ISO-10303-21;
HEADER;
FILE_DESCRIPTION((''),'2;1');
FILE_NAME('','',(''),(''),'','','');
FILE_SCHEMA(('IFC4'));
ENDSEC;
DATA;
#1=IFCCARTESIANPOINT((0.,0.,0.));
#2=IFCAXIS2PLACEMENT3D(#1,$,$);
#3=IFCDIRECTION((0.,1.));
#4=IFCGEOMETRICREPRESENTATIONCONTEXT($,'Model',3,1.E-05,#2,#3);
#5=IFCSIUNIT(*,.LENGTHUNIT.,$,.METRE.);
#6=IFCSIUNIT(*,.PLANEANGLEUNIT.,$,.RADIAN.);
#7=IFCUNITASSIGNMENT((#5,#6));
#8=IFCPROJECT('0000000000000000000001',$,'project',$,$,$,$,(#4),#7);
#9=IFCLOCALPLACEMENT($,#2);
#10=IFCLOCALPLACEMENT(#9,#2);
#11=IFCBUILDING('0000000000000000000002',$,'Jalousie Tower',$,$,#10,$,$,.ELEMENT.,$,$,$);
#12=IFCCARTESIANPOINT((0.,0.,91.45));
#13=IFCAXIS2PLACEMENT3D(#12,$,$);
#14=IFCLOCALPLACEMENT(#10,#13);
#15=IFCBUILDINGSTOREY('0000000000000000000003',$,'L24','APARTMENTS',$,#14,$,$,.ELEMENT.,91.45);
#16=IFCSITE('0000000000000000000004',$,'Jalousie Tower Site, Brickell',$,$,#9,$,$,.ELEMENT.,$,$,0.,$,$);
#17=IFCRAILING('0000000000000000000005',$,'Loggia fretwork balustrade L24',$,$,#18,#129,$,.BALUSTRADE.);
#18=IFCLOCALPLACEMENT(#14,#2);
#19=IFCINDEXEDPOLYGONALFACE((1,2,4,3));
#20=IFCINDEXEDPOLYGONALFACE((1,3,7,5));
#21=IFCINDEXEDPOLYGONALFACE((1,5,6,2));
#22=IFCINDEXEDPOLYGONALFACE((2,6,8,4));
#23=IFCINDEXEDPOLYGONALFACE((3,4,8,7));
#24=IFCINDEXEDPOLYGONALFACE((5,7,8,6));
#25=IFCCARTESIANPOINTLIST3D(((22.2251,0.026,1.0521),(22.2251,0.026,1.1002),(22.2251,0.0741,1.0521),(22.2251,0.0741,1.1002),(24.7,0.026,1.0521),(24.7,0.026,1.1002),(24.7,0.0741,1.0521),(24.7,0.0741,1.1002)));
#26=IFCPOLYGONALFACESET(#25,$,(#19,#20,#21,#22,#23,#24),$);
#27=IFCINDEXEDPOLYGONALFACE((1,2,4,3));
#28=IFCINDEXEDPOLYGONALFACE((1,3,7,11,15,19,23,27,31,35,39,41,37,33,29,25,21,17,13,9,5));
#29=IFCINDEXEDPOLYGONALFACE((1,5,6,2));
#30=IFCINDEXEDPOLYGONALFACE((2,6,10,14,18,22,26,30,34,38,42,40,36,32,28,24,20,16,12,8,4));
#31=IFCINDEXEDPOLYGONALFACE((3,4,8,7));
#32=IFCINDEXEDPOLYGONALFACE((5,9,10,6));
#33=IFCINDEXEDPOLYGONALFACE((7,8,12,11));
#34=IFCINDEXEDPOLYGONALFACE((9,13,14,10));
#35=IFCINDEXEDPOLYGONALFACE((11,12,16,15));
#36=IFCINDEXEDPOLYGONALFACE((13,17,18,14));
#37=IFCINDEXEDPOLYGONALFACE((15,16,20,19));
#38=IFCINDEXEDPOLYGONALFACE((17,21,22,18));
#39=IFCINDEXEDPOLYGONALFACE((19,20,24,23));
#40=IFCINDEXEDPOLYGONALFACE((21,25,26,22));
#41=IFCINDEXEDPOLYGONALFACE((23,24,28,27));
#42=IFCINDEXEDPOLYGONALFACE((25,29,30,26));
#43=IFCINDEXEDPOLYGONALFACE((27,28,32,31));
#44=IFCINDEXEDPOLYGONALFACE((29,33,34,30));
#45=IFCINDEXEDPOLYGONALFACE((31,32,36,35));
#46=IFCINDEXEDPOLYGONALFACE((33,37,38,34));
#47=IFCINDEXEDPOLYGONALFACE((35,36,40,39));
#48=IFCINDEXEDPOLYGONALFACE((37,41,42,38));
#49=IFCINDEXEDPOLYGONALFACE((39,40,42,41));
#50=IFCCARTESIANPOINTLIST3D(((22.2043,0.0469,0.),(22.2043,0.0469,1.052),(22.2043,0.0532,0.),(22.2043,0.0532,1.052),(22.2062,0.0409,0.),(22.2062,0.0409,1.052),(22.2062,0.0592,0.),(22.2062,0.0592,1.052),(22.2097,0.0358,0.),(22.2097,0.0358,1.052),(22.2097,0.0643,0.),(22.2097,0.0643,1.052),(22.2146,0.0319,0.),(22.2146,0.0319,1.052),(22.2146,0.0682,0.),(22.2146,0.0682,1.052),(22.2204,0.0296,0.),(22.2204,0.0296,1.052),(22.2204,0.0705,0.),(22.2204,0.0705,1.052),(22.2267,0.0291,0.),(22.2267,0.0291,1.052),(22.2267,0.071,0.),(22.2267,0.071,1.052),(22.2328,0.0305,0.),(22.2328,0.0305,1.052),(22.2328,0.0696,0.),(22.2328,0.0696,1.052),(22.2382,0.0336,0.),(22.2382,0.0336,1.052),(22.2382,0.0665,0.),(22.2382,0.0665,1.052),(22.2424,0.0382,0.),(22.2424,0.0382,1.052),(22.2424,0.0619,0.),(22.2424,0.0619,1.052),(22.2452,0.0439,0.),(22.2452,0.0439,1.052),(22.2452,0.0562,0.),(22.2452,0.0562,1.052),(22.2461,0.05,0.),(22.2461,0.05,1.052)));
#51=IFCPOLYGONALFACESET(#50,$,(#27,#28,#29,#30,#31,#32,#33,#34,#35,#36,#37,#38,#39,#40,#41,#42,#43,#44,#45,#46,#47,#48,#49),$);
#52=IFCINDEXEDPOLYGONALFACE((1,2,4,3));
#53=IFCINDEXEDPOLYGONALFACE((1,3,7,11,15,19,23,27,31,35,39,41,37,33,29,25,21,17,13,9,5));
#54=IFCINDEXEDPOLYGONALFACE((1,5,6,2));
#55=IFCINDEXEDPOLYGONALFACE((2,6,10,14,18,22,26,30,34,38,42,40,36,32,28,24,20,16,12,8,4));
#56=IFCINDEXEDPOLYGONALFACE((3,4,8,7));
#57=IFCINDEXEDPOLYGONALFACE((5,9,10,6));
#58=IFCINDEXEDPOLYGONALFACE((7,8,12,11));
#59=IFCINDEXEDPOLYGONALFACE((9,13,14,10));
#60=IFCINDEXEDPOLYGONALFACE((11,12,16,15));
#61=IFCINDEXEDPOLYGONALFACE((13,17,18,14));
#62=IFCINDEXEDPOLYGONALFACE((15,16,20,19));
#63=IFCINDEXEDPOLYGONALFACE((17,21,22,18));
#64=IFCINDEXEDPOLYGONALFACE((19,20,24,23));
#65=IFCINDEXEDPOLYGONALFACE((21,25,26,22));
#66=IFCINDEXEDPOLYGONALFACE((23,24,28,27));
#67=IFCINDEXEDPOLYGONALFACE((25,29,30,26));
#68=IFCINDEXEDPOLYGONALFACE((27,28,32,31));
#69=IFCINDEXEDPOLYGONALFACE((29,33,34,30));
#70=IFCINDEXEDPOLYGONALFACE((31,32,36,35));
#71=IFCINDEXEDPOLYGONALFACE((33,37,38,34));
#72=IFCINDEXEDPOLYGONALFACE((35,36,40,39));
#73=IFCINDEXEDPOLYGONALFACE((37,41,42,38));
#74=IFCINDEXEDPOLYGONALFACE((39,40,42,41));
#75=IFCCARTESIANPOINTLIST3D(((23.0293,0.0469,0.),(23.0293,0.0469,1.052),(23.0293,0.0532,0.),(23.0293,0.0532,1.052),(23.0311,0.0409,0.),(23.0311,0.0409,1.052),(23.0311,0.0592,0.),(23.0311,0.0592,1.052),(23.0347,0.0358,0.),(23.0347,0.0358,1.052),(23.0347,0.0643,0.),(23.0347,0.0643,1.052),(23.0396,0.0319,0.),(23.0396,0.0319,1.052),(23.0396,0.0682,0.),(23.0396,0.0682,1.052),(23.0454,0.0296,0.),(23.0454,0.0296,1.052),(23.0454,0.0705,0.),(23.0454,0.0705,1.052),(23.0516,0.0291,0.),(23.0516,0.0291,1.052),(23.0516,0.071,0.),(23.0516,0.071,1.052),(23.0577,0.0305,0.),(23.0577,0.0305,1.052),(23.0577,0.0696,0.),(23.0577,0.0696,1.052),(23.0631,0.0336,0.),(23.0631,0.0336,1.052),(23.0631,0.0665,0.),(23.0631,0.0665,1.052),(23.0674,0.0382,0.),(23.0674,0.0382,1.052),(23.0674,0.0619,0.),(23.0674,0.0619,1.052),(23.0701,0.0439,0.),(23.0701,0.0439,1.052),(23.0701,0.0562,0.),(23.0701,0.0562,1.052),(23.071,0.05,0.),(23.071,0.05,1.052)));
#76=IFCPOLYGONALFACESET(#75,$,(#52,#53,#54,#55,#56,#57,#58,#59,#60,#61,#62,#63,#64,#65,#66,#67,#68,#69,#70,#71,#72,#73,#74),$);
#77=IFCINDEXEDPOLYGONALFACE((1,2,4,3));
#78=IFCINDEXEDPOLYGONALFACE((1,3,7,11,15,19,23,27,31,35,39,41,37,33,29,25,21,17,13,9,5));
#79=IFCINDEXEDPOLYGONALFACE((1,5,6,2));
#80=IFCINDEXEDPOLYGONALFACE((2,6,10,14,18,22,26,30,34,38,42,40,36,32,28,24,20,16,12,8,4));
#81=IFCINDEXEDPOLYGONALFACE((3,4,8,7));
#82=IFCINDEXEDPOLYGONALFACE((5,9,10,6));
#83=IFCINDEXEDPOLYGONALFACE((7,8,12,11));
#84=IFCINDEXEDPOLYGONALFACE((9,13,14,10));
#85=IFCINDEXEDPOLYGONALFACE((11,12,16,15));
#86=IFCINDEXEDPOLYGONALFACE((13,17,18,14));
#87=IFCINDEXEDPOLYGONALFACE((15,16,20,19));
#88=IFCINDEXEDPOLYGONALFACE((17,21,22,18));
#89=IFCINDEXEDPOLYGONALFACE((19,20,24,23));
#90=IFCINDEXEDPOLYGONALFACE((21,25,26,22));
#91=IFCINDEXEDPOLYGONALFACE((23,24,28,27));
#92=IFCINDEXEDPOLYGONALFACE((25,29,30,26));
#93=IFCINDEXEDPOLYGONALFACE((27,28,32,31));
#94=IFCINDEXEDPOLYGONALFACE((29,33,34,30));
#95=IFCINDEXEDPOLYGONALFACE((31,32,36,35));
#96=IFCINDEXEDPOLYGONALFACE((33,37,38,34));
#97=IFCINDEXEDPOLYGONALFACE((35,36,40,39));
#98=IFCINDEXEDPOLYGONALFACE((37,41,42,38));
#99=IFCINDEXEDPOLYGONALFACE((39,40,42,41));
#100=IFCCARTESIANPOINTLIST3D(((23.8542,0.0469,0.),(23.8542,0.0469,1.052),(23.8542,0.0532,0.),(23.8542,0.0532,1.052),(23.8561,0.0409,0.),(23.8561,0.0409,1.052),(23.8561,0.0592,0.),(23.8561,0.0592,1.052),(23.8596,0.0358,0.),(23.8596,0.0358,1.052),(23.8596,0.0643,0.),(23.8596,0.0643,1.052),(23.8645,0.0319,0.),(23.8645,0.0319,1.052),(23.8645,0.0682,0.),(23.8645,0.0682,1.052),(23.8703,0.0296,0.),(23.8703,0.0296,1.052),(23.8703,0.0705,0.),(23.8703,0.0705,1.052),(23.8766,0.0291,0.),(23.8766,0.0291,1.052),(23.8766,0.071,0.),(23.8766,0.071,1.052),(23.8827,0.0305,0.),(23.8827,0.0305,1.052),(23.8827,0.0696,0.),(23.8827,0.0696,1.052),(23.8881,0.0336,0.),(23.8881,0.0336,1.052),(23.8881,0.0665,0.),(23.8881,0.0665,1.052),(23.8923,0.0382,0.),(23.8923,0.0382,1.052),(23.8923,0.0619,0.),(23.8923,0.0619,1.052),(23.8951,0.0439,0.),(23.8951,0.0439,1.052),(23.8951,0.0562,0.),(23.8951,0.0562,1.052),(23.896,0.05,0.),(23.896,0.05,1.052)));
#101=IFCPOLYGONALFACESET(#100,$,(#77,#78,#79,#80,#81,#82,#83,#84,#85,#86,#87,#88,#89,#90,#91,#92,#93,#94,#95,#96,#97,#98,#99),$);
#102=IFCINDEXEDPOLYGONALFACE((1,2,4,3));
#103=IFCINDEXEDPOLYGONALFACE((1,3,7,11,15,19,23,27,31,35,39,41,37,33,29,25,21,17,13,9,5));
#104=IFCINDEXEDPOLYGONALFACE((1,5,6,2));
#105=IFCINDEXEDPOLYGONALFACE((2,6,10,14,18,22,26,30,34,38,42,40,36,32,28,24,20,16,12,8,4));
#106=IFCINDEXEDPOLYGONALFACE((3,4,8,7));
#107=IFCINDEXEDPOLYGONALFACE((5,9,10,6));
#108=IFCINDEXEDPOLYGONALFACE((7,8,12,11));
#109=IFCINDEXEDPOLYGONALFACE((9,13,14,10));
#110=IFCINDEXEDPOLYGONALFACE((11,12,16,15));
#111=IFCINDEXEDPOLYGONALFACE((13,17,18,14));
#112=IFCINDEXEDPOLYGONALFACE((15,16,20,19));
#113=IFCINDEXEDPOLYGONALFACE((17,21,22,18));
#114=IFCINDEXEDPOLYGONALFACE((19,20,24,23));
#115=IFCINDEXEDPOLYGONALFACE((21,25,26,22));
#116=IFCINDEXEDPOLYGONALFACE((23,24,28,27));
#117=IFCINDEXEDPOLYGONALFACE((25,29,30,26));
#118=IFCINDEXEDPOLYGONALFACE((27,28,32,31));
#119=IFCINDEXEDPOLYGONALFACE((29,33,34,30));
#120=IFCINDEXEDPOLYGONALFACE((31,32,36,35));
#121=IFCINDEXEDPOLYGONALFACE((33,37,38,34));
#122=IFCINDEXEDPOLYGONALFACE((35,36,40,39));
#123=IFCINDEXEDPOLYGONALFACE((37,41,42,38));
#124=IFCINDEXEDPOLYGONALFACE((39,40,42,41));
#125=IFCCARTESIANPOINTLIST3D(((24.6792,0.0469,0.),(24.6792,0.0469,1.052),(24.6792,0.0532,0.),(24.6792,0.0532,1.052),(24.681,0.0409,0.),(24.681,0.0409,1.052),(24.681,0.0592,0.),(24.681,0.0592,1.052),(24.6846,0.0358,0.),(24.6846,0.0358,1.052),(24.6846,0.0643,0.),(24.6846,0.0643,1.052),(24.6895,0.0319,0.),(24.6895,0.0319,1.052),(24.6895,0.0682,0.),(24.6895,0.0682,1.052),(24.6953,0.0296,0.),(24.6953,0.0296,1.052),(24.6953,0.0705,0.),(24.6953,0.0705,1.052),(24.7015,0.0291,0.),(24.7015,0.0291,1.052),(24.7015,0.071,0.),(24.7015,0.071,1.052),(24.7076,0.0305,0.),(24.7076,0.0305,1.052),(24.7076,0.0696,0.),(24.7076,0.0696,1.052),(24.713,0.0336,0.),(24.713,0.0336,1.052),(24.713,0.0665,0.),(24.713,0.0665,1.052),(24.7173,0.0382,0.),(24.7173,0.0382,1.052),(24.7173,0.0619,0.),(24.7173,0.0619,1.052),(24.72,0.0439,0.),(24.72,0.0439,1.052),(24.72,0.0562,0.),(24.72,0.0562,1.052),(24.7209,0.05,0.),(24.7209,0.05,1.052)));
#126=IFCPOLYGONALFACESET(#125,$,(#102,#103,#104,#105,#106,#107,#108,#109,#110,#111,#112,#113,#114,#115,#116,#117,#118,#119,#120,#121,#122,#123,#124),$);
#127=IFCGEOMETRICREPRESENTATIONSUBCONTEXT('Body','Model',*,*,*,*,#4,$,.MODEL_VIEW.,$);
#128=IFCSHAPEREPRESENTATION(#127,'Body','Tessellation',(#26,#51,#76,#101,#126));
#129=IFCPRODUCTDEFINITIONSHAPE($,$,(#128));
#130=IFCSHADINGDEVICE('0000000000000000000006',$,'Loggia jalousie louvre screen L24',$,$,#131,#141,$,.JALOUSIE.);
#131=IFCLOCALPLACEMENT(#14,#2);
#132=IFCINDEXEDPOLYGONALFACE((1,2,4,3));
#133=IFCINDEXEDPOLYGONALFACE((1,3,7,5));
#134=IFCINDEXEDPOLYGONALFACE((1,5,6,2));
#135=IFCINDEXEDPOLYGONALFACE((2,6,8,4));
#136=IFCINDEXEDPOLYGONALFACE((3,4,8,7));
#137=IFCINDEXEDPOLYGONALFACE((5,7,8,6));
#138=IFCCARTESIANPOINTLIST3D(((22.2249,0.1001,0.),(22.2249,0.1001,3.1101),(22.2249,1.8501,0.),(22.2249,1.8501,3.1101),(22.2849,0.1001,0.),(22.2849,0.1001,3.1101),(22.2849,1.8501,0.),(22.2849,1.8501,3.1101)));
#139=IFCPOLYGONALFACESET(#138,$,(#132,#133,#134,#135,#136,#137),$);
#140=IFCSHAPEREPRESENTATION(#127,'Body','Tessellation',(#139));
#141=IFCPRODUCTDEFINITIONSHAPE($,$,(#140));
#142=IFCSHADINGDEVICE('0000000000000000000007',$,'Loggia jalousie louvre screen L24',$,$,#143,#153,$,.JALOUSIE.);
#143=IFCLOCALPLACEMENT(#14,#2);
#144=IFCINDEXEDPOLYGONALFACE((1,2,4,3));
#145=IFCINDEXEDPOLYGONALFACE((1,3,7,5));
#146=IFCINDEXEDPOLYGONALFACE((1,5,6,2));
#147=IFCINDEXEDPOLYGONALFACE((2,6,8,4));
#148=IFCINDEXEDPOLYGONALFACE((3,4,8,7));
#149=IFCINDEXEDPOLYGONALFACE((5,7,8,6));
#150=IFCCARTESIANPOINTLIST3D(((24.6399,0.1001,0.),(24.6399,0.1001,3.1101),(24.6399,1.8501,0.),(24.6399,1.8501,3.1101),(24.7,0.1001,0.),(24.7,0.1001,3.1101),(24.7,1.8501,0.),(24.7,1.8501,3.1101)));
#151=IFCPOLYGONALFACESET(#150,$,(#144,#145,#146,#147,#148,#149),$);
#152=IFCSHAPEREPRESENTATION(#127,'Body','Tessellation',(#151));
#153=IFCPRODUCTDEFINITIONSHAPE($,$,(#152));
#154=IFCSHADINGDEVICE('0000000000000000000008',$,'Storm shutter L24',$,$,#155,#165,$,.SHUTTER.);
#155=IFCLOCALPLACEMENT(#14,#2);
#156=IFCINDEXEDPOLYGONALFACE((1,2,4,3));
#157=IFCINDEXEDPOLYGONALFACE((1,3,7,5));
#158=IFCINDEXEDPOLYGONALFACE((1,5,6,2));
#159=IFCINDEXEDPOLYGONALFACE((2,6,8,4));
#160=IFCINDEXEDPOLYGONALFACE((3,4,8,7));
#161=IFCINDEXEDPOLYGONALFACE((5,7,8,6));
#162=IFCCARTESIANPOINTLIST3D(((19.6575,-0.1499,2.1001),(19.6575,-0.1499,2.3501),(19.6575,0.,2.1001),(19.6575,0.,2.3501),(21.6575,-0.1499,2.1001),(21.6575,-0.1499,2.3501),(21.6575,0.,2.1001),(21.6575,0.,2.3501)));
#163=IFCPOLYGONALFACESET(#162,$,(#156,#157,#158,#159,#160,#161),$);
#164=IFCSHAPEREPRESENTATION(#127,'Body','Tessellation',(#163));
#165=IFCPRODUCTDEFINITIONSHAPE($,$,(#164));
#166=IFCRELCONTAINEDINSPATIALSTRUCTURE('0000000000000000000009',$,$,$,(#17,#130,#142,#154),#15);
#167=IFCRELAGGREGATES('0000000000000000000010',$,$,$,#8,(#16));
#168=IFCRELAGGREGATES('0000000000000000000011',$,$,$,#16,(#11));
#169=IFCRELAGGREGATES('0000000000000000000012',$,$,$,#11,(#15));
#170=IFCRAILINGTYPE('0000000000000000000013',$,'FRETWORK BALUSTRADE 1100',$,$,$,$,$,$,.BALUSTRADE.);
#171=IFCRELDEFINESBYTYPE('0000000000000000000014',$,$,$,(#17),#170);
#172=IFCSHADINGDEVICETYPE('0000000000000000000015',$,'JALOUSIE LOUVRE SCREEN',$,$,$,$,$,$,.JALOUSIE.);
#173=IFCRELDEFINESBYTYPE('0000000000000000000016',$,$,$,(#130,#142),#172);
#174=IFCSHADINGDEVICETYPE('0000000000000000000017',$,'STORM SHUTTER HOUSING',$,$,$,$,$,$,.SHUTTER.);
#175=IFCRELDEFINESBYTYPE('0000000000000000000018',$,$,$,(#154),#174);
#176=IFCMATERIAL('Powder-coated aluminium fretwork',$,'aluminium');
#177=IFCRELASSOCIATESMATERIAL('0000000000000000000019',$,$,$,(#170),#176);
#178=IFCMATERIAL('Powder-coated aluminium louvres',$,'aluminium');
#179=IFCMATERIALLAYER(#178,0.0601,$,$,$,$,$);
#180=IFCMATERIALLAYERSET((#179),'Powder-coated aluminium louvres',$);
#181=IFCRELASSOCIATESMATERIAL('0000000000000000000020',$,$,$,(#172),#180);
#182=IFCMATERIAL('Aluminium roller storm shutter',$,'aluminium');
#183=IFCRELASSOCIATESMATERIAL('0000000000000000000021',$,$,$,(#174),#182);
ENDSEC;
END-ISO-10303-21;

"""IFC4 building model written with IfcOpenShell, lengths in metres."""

from ifc_helpers import new_model, si_unit, direction, frame, origin, origin_2d, place, context, subcontext, project, spatial, rectangle, circle, extrude, material, layer, layer_set, type_object, element, save


model = new_model("IFC4")

# Units and contexts
model_context = context("Model", 3, precision=1e-05, world=origin(), true_north=direction((0.0, 1.0)))
body_context = subcontext(model_context, "Body", "Model", "MODEL_VIEW")
ifc_project = project(units=[si_unit("LENGTHUNIT", "METRE"), si_unit("PLANEANGLEUNIT", "RADIAN")], contexts=[model_context])

# Site, building, storey
site_placement = place(None, origin())
site = spatial("IfcSite", under=ifc_project, at=site_placement, Name="Jalousie Tower Site, Brickell", CompositionType="ELEMENT", RefElevation=0.0)
building_placement = place(site_placement, origin())
building = spatial("IfcBuilding", under=site, at=building_placement, Name="Jalousie Tower", CompositionType="ELEMENT")
storey_placement = place(building_placement, frame((0.0, 0.0, 91.45)))
storey = spatial("IfcBuildingStorey", under=building, at=storey_placement, Name="L24", Description="APARTMENTS", CompositionType="ELEMENT", Elevation=91.45)

# Railing
ifc_material_1 = material(Name="Powder-coated aluminium fretwork", Category="aluminium")
railing_type = type_object("IfcRailingType", Name="FRETWORK BALUSTRADE 1100", PredefinedType="BALUSTRADE", material=ifc_material_1)
railing_placement = place(storey_placement, frame((22.2251, 0.05, 0.0)))
element("IfcRailing", 1, at=railing_placement, inside=storey, type_object=railing_type, Name="Loggia fretwork balustrade L24", PredefinedType="BALUSTRADE", context=body_context, shape_type="SweptSolid", body=[
    extrude(rectangle(XDim=0.0481, YDim=0.0481, at=origin_2d()), frame((0.0, 0.0, 1.0762), z_axis=(1.0, 0.0, 0.0), x_axis=(0.0, 1.0, 0.0)), (0.0, 0.0, 1.0), 2.4749),
    extrude(circle(Radius=0.021, at=origin_2d()), origin(), (0.0, 0.0, 1.0), 1.052),
    extrude(circle(Radius=0.021, at=origin_2d()), frame((0.825, 0.0, 0.0)), (0.0, 0.0, 1.0), 1.052),
    extrude(circle(Radius=0.021, at=origin_2d()), frame((1.6499, 0.0, 0.0)), (0.0, 0.0, 1.0), 1.052),
    extrude(circle(Radius=0.021, at=origin_2d()), frame((2.4749, 0.0, 0.0)), (0.0, 0.0, 1.0), 1.052),
])

# Shading devices
ifc_material_2 = material(Name="Powder-coated aluminium louvres", Category="aluminium")
ifc_layer_1 = layer(ifc_material_2, 0.0601)
ifc_layer_set_1 = layer_set([ifc_layer_1], Name="Powder-coated aluminium louvres")
shading_device_type_1 = type_object("IfcShadingDeviceType", Name="JALOUSIE LOUVRE SCREEN", PredefinedType="JALOUSIE", material=ifc_layer_set_1)
for number, where, z_axis, x_axis, name in (
    (2, (22.2549, 0.9751, 0.0), (0.0, 0.0, 1.0), (1.0, 0.0, 0.0), "Loggia jalousie louvre screen L24"),
    (3, (24.6699, 0.9751, 0.0), (0.0, 0.0, 1.0), (1.0, 0.0, 0.0), "Loggia jalousie louvre screen L24"),
):
    element("IfcShadingDevice", number, at=place(storey_placement, frame(where, z_axis=z_axis, x_axis=x_axis)), inside=storey, type_object=shading_device_type_1, Name=name, PredefinedType="JALOUSIE", context=body_context, shape_type="SweptSolid", body=[
        extrude(rectangle(XDim=0.0601, YDim=1.75, at=origin_2d()), origin(), (0.0, 0.0, 1.0), 3.1101),
    ])
ifc_material_3 = material(Name="Aluminium roller storm shutter", Category="aluminium")
shading_device_type_2 = type_object("IfcShadingDeviceType", Name="STORM SHUTTER HOUSING", PredefinedType="SHUTTER", material=ifc_material_3)
shading_device_1_placement = place(storey_placement, frame((20.6575, -0.075, 2.1001), z_axis=(0.0, 0.0, 1.0), x_axis=(1.0, 0.0, 0.0)))
element("IfcShadingDevice", 4, at=shading_device_1_placement, inside=storey, type_object=shading_device_type_2, Name="Storm shutter L24", PredefinedType="SHUTTER", context=body_context, shape_type="SweptSolid", body=[
    extrude(rectangle(XDim=2.0, YDim=0.1499, at=origin_2d()), origin(), (0.0, 0.0, 1.0), 0.25),
])

save(model, "model.ifc")
